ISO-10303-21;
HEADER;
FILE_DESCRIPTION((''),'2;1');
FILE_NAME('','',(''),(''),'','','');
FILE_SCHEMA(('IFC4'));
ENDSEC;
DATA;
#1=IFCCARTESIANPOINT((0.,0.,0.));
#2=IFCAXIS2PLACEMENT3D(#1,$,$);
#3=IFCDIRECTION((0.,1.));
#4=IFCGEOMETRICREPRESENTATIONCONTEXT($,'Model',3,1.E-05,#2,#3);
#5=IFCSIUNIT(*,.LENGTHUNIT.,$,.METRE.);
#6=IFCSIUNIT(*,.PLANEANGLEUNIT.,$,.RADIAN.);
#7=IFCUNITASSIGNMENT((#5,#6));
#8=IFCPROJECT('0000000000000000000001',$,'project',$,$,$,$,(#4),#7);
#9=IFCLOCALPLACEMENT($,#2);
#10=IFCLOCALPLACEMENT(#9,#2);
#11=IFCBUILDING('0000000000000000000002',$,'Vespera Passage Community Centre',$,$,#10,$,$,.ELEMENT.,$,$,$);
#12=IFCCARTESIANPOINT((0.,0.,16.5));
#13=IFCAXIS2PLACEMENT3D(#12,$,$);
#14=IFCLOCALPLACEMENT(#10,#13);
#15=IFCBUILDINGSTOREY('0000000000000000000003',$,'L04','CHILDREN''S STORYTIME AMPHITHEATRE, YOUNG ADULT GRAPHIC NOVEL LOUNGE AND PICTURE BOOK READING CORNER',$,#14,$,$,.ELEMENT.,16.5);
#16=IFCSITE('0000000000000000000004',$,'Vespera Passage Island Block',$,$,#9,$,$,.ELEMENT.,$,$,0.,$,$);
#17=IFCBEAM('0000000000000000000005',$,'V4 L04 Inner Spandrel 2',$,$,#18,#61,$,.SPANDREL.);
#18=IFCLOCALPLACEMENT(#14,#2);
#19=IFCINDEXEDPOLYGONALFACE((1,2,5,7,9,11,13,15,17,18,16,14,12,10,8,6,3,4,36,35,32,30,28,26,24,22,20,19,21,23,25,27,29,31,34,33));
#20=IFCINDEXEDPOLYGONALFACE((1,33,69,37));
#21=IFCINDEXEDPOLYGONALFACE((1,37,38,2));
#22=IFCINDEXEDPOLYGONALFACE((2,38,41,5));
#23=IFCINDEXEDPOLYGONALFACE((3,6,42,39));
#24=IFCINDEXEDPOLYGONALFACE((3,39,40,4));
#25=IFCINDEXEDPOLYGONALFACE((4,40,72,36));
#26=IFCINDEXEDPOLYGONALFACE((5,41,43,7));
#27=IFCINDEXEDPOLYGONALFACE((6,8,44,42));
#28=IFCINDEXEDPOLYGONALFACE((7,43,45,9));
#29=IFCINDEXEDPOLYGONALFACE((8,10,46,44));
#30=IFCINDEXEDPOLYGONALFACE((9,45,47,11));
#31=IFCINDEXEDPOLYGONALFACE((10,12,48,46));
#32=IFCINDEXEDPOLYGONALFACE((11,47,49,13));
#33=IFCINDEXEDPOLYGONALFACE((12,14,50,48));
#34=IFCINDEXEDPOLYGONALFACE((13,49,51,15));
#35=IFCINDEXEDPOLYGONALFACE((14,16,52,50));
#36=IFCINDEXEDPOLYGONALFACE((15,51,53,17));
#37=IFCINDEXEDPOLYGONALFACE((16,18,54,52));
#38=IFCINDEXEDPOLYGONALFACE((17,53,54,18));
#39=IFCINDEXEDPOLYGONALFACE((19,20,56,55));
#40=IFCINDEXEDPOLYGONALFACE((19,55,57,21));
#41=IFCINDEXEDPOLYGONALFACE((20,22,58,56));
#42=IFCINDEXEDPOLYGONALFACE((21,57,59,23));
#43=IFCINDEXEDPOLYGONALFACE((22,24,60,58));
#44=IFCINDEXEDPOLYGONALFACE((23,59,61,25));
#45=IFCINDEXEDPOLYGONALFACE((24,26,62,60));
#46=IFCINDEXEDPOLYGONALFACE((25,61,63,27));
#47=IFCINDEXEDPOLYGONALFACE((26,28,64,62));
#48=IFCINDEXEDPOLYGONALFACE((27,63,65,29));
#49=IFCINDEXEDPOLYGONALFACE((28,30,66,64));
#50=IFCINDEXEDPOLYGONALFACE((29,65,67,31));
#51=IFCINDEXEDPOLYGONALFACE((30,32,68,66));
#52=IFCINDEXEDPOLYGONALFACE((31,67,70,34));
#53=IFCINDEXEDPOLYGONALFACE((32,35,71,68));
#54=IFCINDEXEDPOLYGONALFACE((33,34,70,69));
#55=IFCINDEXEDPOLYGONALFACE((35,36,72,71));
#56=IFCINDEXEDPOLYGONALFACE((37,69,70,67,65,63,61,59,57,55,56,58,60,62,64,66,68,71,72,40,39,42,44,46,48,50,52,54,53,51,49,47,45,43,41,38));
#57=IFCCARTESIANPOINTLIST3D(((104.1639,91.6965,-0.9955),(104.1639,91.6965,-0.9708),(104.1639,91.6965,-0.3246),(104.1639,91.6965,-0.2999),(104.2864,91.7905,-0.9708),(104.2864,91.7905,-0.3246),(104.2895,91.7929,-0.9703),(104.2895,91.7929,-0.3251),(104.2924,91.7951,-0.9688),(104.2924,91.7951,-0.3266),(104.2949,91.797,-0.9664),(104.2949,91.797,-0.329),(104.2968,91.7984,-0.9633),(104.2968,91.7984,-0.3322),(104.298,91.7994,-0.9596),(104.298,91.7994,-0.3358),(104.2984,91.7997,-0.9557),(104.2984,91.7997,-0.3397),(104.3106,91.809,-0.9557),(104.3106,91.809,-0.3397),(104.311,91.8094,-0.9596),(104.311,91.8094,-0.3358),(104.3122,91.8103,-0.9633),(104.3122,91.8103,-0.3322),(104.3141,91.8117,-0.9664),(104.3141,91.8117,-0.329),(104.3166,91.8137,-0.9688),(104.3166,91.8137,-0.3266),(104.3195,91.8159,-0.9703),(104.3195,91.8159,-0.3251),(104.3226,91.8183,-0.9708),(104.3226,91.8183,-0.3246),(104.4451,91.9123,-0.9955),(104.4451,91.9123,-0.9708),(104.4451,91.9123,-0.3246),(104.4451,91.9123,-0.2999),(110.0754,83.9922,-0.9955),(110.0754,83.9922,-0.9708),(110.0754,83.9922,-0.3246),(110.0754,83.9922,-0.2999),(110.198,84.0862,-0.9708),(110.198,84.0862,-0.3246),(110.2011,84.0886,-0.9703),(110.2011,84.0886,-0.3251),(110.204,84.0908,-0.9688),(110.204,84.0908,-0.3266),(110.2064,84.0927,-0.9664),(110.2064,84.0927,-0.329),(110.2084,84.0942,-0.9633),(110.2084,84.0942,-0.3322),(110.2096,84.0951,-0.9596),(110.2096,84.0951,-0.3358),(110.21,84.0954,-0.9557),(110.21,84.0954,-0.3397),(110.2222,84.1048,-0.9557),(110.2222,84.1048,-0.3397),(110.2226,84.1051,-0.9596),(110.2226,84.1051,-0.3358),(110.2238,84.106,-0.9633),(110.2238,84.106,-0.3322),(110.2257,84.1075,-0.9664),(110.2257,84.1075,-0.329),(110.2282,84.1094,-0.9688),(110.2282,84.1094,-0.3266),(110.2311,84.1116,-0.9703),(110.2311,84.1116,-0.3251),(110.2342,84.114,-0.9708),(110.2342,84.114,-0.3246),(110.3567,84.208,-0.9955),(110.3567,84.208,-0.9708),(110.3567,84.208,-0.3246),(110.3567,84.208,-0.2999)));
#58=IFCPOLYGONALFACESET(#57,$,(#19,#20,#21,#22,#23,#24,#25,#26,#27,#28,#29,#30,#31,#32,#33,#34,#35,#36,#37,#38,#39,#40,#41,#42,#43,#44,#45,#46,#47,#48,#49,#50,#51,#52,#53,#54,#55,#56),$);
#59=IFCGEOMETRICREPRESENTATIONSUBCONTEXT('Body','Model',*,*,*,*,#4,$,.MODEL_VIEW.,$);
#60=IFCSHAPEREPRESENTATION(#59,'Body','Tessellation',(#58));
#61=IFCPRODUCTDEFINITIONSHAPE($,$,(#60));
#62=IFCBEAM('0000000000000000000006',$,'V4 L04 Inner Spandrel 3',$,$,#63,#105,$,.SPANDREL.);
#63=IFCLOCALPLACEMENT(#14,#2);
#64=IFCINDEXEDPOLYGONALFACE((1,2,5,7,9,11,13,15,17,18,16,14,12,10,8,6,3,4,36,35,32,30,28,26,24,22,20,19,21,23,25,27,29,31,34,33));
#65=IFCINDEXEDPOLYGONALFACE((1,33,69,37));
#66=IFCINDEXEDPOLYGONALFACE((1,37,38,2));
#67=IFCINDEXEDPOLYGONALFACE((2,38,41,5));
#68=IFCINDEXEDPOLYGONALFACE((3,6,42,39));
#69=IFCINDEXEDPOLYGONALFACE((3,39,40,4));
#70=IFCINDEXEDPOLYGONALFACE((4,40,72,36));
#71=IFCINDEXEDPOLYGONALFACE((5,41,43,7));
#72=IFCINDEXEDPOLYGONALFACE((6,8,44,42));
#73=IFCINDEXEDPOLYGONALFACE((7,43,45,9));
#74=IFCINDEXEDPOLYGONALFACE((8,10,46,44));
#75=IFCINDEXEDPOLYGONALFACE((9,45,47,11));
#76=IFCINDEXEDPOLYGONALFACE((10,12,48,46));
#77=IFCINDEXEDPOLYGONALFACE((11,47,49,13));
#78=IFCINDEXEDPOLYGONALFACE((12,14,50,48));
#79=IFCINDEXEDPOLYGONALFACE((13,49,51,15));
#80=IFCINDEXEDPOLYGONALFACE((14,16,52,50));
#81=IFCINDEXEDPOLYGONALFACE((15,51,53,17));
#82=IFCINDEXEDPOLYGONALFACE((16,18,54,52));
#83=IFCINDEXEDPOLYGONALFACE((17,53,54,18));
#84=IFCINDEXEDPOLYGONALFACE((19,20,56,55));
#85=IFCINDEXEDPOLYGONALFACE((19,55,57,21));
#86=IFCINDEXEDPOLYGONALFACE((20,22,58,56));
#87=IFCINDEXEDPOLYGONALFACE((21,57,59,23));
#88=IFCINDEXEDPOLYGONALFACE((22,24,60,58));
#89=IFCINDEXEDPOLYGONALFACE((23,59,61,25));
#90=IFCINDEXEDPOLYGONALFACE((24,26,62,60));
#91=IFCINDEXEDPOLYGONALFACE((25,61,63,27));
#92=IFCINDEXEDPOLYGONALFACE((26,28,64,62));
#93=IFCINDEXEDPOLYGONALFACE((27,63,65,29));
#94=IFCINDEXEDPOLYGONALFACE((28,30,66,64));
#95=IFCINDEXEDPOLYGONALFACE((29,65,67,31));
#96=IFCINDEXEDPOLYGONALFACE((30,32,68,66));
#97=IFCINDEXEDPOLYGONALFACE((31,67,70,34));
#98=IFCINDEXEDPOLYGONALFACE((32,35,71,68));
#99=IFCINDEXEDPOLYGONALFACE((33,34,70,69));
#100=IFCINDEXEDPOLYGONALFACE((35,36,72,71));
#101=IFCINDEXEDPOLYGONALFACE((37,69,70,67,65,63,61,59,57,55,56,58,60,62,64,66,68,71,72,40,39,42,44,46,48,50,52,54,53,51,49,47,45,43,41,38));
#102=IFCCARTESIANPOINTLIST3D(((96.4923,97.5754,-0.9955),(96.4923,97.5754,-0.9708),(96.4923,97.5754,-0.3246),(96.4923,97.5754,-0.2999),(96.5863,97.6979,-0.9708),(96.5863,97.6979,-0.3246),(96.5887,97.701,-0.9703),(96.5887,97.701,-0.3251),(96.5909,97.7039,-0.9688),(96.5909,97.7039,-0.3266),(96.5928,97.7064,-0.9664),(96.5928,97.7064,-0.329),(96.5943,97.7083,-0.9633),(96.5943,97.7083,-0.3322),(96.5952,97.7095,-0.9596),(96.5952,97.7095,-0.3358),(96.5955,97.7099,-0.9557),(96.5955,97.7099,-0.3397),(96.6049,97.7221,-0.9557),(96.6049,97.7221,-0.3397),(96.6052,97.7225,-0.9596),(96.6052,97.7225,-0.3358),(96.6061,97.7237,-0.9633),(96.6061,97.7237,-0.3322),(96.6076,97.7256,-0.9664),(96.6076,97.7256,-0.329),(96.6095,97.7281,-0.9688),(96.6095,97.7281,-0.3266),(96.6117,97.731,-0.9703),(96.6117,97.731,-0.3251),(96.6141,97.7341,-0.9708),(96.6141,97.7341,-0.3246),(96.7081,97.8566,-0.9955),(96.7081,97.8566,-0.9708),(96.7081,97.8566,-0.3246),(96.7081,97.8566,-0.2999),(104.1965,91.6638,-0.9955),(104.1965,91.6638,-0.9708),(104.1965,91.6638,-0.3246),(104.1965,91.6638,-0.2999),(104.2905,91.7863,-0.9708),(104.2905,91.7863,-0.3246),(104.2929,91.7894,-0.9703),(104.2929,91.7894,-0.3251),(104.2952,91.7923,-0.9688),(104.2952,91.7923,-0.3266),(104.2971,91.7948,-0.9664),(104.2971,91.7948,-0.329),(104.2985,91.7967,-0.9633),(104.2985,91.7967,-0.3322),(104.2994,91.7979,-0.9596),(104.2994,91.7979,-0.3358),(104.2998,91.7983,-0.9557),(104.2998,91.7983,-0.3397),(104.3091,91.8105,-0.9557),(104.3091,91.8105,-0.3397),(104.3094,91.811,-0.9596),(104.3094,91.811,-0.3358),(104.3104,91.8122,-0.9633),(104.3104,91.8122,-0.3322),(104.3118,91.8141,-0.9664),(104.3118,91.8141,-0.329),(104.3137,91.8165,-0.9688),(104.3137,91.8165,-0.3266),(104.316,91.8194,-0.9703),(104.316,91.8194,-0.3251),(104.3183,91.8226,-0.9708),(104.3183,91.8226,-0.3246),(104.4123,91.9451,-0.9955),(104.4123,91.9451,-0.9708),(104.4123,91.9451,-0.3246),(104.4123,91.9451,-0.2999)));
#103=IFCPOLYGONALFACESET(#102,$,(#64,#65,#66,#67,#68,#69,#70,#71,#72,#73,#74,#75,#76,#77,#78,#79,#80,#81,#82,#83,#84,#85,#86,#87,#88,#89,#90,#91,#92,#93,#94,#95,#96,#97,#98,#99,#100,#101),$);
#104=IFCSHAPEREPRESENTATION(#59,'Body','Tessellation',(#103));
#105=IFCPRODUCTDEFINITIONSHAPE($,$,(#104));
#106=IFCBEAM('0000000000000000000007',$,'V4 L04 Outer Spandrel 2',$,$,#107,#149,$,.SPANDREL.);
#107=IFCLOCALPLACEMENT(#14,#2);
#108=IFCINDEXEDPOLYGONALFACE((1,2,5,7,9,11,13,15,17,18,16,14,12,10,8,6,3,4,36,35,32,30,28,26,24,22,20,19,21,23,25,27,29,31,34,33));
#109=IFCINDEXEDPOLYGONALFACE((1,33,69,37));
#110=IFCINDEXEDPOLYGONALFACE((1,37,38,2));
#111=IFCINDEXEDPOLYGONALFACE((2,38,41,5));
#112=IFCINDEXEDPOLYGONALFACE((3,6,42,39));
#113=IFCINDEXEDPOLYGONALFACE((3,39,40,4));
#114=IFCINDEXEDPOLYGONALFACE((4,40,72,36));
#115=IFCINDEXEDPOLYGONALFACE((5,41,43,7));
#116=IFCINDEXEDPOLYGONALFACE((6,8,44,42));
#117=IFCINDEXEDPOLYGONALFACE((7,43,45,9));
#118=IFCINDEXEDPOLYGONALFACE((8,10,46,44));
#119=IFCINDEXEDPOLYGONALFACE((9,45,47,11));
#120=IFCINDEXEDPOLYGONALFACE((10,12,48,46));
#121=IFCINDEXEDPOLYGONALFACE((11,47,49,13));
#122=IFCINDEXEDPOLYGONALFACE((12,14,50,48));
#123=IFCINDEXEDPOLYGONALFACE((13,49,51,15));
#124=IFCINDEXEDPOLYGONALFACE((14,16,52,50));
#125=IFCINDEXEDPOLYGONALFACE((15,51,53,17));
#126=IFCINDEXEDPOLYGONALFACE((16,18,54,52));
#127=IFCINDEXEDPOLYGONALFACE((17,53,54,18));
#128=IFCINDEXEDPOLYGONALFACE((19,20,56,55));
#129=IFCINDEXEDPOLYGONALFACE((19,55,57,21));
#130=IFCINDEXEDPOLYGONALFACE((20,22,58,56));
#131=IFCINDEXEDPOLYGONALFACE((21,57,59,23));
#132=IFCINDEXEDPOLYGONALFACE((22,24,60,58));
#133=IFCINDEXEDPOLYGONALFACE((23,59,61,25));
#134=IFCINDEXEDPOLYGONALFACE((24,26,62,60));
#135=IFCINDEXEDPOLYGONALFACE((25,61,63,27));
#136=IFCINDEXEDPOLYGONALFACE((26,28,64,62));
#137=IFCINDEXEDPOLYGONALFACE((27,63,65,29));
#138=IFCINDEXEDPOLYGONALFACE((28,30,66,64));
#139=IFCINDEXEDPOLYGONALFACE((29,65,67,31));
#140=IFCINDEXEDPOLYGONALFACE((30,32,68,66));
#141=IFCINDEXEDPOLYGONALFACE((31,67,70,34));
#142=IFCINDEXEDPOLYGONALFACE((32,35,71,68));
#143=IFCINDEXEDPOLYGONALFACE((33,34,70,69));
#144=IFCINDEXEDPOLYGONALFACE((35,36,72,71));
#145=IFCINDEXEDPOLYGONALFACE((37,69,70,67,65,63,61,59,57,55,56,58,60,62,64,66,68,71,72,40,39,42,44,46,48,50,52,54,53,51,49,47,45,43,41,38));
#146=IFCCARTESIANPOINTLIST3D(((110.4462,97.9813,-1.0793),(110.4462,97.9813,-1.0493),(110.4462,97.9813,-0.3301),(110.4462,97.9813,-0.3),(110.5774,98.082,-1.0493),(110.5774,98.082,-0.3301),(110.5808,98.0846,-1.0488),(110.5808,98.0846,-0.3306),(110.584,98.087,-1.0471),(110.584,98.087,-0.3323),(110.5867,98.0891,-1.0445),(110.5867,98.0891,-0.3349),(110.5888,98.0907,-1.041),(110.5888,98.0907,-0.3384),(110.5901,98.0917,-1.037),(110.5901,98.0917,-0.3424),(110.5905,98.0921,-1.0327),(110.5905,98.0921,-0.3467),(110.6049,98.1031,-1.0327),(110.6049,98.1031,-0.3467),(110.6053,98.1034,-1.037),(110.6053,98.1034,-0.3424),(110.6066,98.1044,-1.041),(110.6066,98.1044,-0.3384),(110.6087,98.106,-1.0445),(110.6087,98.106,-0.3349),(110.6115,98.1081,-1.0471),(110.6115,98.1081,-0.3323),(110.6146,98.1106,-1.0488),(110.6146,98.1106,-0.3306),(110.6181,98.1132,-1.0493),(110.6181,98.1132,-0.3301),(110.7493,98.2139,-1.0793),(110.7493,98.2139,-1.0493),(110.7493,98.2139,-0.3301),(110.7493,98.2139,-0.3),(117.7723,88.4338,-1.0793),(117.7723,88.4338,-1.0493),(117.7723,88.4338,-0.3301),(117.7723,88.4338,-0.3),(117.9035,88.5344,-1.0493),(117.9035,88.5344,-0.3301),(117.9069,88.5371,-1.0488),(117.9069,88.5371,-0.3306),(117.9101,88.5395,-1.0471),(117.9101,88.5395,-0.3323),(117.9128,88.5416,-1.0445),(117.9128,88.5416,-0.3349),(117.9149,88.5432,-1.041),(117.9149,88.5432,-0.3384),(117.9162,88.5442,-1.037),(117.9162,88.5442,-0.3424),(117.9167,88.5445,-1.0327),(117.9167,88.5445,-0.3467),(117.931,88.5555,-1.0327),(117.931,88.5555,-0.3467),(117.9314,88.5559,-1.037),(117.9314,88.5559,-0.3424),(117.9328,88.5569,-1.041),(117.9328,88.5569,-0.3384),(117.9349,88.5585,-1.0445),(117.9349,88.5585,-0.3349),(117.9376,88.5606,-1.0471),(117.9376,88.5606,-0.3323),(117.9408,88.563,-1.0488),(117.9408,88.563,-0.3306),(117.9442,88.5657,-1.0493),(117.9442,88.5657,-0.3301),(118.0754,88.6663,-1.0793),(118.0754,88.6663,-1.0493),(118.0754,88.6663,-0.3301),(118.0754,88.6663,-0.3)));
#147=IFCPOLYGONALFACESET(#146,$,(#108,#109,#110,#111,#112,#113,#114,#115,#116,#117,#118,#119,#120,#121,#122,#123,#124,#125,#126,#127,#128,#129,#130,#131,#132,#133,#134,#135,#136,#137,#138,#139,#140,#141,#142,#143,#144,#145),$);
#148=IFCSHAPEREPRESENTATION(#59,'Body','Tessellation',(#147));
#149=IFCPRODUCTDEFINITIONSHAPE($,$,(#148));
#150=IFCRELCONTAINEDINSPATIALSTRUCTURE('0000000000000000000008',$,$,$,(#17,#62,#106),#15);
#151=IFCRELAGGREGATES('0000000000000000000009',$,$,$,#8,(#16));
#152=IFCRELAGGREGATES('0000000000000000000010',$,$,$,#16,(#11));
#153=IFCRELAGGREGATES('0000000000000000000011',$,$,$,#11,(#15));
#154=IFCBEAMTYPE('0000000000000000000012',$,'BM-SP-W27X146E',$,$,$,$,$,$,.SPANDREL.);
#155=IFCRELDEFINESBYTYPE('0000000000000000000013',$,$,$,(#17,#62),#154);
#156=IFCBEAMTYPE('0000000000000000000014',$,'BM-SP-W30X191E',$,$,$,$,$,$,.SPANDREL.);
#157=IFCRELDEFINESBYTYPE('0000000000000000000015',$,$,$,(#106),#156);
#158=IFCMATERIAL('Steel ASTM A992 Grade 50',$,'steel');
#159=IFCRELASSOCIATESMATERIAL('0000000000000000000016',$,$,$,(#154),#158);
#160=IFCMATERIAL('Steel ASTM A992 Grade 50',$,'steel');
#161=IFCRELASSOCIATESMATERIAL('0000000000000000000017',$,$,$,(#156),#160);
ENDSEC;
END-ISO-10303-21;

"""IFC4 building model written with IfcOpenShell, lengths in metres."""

from ifc_helpers import new_model, si_unit, direction, frame, origin, origin_2d, place, context, subcontext, project, spatial, i_section, extrude, material, material_profile, profile_set, type_object, element, save


model = new_model("IFC4")

# Units and contexts
model_context = context("Model", 3, precision=1e-05, world=origin(), true_north=direction((0.0, 1.0)))
body_context = subcontext(model_context, "Body", "Model", "MODEL_VIEW")
ifc_project = project(units=[si_unit("LENGTHUNIT", "METRE"), si_unit("PLANEANGLEUNIT", "RADIAN")], contexts=[model_context])

# Site, building, storey
site_placement = place(None, origin())
site = spatial("IfcSite", under=ifc_project, at=site_placement, Name="Vespera Passage Island Block", CompositionType="ELEMENT", RefElevation=0.0)
building_placement = place(site_placement, origin())
building = spatial("IfcBuilding", under=site, at=building_placement, Name="Vespera Passage Community Centre", CompositionType="ELEMENT")
storey_placement = place(building_placement, frame((0.0, 0.0, 16.5)))
storey = spatial("IfcBuildingStorey", under=building, at=storey_placement, Name="L04", Description="CHILDREN'S STORYTIME AMPHITHEATRE, YOUNG ADULT GRAPHIC NOVEL LOUNGE AND PICTURE BOOK READING CORNER", CompositionType="ELEMENT", Elevation=16.5)

# Beams
ifc_material_1 = material(Name="Steel ASTM A992 Grade 50", Category="steel")
ifc_material_profile_1 = material_profile(ifc_material_1, i_section(OverallWidth=0.3545, OverallDepth=0.6956, WebThickness=0.0154, FlangeThickness=0.0247, FilletRadius=0.0151, at=origin_2d()), Name="W27X146")
ifc_profile_set_1 = profile_set([ifc_material_profile_1], Name="Steel ASTM A992 Grade 50")
beam_type_1 = type_object("IfcBeamType", Name="BM-SP-W27X146E", PredefinedType="SPANDREL", material=ifc_profile_set_1)
for number, where, z_axis, x_axis, name in (
    (1, (110.2161, 84.1001, -0.6477), (-0.608753, 0.79336, 0.0), (-0.79336, -0.608753, 0.0), "V4 L04 Inner Spandrel 2"),
    (2, (104.3044, 91.8044, -0.6477), (-0.79336, 0.608753, 0.0), (-0.608753, -0.79336, 0.0), "V4 L04 Inner Spandrel 3"),
):
    element("IfcBeam", number, at=place(storey_placement, frame(where, z_axis=z_axis, x_axis=x_axis)), inside=storey, type_object=beam_type_1, Name=name, PredefinedType="SPANDREL", context=body_context, shape_type="SweptSolid", body=[
        extrude(i_section(OverallWidth=0.3545, OverallDepth=0.6956, WebThickness=0.0154, FlangeThickness=0.0247, FilletRadius=0.0151, at=origin_2d()), origin(), (0.0, 0.0, 1.0), 9.7109),
    ])
ifc_material_2 = material(Name="Steel ASTM A992 Grade 50", Category="steel")
ifc_material_profile_2 = material_profile(ifc_material_2, i_section(OverallWidth=0.3821, OverallDepth=0.7793, WebThickness=0.0181, FlangeThickness=0.03, FilletRadius=0.0166, at=origin_2d()), Name="W30X191")
ifc_profile_set_2 = profile_set([ifc_material_profile_2], Name="Steel ASTM A992 Grade 50")
beam_type_2 = type_object("IfcBeamType", Name="BM-SP-W30X191E", PredefinedType="SPANDREL", material=ifc_profile_set_2)
beam_1_placement = place(storey_placement, frame((117.9238, 88.55, -0.6897), z_axis=(-0.608763, 0.793352, 0.0), x_axis=(-0.793352, -0.608763, 0.0)))
element("IfcBeam", 3, at=beam_1_placement, inside=storey, type_object=beam_type_2, Name="V4 L04 Outer Spandrel 2", PredefinedType="SPANDREL", context=body_context, shape_type="SweptSolid", body=[
    extrude(i_section(OverallWidth=0.3821, OverallDepth=0.7793, WebThickness=0.0181, FlangeThickness=0.03, FilletRadius=0.0166, at=origin_2d()), origin(), (0.0, 0.0, 1.0), 12.0344),
])

save(model, "model.ifc")
